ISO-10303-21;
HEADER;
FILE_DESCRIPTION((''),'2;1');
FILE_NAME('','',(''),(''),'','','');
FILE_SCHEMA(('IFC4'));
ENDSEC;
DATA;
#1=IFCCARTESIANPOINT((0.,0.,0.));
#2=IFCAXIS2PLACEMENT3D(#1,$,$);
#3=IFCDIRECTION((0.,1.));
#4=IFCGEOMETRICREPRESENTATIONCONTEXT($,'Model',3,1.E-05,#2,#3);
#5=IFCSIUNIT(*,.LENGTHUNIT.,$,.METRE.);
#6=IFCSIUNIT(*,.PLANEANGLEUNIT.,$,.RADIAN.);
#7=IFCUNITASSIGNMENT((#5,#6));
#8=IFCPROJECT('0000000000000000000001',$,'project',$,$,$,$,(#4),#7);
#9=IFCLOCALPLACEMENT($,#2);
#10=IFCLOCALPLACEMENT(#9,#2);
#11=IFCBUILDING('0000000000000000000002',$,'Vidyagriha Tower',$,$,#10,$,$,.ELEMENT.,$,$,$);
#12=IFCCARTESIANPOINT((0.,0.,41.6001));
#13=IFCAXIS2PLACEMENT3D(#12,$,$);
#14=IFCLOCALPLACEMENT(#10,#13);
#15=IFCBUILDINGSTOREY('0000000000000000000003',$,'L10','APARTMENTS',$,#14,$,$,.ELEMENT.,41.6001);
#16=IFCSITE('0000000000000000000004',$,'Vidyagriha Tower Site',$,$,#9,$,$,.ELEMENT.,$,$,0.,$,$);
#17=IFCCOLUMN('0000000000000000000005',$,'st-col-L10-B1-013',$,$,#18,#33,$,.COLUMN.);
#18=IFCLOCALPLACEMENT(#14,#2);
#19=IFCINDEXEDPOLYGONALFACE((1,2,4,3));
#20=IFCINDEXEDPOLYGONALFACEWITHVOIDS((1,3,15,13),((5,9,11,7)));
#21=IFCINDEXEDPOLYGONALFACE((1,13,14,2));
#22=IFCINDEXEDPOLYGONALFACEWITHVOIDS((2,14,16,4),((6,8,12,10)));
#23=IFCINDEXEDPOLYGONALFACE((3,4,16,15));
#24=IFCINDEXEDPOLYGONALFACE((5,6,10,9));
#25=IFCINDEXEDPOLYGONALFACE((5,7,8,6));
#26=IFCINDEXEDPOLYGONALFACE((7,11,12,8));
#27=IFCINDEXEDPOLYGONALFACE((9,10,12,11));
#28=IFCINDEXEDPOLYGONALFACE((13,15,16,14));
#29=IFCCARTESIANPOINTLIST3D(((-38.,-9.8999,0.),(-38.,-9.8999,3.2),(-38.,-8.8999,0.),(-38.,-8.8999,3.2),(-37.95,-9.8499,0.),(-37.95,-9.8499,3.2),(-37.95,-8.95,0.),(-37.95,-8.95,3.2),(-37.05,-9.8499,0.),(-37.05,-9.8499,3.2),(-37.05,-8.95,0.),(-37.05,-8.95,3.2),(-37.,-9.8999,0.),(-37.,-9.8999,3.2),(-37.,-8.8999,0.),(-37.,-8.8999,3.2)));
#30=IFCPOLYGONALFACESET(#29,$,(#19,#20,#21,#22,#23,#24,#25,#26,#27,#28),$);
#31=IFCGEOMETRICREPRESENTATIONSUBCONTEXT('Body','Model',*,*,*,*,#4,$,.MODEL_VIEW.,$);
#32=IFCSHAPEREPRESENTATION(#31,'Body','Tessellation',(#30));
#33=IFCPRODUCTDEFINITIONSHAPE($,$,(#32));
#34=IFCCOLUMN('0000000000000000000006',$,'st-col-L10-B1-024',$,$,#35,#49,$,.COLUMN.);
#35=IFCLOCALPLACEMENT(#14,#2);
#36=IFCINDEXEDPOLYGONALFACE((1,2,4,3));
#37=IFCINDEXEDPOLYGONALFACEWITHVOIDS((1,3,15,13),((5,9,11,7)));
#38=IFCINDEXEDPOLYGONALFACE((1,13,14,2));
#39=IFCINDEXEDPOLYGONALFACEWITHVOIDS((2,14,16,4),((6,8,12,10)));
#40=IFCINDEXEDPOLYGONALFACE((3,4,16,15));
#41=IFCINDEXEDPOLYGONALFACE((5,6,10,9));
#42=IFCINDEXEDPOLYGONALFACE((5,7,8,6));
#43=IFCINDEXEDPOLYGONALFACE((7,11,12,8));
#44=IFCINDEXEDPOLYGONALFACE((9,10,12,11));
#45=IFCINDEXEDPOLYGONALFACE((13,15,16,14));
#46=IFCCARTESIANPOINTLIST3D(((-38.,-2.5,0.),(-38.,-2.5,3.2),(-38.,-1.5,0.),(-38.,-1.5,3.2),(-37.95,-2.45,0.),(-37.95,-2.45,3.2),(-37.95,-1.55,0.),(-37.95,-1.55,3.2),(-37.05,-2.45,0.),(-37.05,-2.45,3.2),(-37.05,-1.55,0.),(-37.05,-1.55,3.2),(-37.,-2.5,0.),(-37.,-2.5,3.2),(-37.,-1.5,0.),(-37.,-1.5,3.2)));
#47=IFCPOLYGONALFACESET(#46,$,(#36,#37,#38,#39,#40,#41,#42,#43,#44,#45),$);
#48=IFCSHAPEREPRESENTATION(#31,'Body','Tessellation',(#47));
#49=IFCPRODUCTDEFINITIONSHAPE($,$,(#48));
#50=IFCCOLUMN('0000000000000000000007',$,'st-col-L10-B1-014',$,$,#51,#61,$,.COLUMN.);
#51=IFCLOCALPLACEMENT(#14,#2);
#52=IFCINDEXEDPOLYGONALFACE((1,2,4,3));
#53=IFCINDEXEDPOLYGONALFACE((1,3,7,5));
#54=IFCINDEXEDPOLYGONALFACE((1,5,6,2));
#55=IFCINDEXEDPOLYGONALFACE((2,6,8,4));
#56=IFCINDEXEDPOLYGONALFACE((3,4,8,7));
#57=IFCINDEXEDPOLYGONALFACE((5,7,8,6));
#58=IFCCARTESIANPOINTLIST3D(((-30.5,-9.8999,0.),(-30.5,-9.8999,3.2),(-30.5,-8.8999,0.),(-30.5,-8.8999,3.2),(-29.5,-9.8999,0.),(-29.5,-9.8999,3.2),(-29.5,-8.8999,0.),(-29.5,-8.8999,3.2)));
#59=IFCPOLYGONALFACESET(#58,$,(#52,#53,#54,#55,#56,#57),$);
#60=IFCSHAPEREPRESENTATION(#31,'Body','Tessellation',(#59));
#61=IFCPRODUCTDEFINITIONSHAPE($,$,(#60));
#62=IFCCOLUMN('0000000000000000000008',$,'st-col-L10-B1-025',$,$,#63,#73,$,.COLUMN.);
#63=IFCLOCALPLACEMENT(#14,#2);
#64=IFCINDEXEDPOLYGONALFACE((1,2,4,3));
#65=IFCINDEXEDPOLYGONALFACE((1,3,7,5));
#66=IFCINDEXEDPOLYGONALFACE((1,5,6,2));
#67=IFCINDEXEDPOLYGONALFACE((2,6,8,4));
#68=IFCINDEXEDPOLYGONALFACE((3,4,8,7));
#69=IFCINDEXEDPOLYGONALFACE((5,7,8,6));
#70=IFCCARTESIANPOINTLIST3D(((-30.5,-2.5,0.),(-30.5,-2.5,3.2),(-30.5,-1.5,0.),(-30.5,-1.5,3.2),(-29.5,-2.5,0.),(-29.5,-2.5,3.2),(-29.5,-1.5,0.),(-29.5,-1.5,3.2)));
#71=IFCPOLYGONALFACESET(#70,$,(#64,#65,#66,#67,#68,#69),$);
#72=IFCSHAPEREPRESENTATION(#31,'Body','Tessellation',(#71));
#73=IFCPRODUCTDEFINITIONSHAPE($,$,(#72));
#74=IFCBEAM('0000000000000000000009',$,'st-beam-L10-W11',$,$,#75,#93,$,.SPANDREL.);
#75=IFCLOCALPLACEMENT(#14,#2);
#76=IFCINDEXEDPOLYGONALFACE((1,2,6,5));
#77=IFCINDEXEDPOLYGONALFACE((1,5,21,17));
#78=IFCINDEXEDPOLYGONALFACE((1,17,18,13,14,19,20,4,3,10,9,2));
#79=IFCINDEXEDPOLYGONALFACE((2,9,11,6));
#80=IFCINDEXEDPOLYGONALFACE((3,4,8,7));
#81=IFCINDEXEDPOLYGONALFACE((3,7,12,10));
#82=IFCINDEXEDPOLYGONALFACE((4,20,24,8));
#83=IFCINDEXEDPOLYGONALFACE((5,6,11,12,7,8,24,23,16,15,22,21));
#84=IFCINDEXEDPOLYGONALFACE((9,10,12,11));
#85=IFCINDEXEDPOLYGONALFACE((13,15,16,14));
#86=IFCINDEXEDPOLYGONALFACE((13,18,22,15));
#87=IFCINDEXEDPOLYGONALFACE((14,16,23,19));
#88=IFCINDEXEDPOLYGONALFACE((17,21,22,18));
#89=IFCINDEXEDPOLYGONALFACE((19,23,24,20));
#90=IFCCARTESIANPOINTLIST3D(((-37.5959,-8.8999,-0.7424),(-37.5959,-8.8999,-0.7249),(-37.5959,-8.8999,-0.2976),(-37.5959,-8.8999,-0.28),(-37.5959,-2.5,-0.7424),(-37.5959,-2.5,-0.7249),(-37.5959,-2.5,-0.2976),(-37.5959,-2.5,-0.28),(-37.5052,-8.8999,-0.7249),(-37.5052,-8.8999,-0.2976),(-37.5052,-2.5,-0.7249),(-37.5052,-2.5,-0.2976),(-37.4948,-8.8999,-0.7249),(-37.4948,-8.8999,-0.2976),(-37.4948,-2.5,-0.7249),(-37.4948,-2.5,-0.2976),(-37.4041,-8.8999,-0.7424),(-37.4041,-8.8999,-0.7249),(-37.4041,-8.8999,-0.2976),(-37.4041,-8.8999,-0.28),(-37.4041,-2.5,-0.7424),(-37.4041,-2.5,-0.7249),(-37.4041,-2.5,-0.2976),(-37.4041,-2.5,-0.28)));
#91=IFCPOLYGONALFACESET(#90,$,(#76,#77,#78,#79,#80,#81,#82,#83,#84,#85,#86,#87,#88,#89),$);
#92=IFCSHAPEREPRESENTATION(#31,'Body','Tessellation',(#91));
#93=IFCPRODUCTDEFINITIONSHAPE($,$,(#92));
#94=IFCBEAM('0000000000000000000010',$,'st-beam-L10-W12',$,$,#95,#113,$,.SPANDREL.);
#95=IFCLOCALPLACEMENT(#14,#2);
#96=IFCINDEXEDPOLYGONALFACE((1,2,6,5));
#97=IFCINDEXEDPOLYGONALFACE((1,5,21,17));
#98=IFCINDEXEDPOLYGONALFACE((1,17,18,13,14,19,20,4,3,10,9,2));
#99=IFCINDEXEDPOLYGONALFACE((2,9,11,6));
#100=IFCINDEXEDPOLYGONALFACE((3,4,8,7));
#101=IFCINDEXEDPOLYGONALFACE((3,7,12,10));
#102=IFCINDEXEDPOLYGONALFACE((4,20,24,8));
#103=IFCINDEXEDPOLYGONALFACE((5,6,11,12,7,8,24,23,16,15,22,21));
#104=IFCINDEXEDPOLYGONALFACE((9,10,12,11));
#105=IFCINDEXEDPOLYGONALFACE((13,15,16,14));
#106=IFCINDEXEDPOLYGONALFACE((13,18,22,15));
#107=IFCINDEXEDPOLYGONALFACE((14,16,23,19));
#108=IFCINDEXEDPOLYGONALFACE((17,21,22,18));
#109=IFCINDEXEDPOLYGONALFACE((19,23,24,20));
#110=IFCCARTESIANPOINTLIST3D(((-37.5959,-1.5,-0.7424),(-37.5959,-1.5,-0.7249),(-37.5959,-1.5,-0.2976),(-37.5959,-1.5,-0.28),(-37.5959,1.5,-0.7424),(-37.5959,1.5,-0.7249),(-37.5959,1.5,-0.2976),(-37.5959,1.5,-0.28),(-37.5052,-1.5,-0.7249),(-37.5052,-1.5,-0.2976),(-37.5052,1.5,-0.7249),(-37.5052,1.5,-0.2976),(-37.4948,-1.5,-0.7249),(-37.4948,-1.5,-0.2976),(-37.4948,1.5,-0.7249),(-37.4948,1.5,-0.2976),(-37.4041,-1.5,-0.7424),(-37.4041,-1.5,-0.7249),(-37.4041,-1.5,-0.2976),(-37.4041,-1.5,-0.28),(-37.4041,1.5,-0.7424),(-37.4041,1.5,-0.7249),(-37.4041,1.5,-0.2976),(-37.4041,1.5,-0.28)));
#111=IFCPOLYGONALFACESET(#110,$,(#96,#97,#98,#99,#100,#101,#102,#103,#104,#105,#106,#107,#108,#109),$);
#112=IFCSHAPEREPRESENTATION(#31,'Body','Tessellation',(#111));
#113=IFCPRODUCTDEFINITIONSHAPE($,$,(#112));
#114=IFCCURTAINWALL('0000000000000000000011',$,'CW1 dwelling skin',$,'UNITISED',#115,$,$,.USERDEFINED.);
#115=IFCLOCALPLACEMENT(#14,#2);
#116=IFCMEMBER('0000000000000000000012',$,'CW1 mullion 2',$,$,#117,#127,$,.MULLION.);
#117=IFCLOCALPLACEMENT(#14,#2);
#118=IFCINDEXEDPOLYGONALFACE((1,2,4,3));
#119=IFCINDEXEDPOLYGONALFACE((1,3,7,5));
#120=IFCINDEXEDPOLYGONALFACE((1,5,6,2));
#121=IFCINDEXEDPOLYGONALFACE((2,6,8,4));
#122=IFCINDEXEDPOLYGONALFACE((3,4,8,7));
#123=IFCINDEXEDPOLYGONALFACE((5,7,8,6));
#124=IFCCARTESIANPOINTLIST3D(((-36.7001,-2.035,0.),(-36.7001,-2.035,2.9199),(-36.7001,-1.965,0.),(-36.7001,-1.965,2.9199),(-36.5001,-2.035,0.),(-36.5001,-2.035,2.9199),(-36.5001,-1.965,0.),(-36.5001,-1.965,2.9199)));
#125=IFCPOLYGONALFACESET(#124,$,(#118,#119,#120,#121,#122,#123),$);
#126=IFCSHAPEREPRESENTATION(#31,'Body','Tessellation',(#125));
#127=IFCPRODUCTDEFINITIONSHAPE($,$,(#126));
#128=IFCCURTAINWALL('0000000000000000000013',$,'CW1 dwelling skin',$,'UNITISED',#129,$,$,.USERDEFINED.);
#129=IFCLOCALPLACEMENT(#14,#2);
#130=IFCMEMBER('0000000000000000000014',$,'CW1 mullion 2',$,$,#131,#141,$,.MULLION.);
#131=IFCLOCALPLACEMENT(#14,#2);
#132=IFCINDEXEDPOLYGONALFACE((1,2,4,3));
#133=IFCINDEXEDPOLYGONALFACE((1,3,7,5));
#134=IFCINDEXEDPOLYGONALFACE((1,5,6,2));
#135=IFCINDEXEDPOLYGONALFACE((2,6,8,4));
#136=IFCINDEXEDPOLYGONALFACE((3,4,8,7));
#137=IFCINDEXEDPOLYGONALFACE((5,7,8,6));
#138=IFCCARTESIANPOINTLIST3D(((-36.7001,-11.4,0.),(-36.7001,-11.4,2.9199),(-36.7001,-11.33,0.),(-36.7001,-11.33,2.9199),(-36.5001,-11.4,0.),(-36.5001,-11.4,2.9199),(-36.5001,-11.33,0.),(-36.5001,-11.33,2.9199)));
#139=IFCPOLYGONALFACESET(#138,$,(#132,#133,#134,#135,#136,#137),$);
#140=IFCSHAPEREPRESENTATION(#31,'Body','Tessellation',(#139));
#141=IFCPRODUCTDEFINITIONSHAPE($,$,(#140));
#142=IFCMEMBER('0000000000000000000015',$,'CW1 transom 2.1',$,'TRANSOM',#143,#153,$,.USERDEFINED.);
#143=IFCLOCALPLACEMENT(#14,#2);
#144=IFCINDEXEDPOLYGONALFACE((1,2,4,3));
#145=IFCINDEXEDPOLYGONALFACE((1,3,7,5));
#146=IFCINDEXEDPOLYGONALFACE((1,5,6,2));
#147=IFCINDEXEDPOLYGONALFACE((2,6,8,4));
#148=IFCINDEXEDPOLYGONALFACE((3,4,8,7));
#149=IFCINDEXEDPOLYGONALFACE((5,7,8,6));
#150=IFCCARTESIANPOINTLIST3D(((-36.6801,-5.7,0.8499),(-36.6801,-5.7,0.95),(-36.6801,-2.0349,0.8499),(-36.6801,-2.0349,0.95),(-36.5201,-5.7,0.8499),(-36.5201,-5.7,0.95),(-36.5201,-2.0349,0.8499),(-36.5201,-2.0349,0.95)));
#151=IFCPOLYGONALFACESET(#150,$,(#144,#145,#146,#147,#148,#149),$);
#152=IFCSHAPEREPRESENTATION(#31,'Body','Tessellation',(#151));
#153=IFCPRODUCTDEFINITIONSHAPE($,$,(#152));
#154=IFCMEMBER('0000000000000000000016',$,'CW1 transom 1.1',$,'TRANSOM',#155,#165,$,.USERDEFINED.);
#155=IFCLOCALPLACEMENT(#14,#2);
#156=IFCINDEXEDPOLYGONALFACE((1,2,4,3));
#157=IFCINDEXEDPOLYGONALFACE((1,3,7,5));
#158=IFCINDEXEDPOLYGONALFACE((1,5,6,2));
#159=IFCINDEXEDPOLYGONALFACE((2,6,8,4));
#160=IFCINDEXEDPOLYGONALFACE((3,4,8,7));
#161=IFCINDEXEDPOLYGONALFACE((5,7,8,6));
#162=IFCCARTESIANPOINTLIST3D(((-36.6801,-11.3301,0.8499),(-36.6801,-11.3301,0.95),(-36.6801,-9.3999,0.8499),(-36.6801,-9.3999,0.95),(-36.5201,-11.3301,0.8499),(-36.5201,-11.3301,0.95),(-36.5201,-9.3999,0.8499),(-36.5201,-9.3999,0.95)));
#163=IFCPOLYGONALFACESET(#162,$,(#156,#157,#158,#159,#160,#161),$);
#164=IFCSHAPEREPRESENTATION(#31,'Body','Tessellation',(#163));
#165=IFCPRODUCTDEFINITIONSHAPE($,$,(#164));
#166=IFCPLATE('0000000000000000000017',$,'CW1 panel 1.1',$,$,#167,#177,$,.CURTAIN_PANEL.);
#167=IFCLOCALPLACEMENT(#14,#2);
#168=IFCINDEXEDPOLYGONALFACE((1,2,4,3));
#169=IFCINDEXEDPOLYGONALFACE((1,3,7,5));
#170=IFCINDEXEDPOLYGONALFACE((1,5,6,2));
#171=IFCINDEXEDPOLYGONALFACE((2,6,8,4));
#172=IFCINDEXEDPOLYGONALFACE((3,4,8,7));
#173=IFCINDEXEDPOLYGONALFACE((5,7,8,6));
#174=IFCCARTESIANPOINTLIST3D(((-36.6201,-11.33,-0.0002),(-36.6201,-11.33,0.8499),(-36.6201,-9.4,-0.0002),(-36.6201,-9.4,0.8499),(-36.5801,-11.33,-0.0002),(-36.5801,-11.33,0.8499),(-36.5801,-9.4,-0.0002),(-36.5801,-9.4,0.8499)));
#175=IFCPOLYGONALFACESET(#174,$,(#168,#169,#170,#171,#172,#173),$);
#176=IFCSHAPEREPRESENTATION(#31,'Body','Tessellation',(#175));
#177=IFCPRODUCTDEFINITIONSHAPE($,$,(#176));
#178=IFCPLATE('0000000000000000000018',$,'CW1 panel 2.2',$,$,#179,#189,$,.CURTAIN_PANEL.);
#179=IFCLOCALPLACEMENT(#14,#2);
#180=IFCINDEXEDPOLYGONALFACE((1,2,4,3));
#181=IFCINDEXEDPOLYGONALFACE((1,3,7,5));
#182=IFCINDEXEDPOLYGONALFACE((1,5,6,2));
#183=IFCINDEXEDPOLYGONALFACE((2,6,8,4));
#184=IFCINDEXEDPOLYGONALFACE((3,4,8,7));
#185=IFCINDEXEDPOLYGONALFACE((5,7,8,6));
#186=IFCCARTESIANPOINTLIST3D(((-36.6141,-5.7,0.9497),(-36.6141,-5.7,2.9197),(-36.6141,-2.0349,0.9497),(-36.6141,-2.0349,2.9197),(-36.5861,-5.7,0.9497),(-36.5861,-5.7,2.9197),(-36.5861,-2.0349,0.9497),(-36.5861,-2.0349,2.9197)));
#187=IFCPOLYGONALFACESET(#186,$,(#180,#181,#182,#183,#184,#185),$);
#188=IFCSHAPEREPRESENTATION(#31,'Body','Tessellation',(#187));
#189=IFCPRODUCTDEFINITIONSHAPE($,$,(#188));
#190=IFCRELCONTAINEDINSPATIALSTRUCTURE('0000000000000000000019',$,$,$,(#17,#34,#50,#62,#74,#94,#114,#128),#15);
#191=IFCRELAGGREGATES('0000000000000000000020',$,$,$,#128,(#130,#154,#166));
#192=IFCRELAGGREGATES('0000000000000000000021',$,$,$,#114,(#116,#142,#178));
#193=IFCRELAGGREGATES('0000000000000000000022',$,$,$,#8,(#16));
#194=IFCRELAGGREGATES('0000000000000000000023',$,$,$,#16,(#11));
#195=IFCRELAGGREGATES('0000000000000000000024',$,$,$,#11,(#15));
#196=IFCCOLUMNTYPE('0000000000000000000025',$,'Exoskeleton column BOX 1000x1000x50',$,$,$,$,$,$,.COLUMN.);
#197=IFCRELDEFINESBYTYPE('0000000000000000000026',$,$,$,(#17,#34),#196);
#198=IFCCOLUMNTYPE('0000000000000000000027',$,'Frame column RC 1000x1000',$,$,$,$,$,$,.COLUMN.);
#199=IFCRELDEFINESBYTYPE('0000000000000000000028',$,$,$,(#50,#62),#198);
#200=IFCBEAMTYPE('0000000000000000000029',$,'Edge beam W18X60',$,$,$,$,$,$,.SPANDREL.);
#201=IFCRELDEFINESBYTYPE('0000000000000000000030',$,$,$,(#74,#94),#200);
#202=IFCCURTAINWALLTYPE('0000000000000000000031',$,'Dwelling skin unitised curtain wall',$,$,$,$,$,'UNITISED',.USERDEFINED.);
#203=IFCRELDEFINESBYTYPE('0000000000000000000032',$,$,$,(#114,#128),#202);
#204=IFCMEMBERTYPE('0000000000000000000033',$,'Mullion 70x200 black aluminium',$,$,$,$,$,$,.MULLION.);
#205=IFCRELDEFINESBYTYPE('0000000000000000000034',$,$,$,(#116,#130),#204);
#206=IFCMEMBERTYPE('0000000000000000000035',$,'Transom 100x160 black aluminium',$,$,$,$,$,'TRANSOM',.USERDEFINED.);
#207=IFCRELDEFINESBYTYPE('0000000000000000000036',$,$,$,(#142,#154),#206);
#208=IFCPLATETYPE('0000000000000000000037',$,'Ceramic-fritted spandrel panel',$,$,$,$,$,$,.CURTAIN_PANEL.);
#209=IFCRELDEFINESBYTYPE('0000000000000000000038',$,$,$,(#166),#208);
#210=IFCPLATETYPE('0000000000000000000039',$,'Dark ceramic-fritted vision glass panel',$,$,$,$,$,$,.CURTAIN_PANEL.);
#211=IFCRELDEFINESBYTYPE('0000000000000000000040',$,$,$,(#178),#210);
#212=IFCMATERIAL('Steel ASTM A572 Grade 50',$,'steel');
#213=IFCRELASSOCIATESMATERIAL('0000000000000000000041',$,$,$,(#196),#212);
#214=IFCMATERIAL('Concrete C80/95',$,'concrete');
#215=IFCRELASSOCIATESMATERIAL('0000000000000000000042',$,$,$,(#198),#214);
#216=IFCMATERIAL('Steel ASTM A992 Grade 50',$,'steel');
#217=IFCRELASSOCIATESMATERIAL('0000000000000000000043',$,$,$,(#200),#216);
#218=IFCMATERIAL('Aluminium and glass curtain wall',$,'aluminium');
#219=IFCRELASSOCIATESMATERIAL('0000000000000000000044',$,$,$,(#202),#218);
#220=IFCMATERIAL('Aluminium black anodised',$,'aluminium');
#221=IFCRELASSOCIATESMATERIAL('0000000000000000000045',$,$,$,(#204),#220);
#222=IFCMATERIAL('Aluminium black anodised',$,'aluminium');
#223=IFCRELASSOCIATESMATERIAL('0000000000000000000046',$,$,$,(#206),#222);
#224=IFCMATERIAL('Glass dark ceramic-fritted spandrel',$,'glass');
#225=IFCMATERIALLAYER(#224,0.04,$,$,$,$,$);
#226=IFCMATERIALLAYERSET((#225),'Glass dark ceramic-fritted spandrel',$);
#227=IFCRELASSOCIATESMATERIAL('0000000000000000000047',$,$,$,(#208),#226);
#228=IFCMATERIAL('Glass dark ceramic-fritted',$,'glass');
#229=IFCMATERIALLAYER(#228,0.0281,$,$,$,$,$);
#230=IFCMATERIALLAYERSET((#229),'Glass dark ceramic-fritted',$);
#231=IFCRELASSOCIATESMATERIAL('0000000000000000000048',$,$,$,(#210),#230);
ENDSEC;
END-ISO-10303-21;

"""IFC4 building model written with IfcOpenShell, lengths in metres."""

from ifc_helpers import new_model, si_unit, direction, frame, origin, origin_2d, place, context, subcontext, project, spatial, rectangle, hollow_rectangle, i_section, extrude, material, layer, layer_set, material_profile, profile_set, type_object, element, aggregate, save


model = new_model("IFC4")

# Units and contexts
model_context = context("Model", 3, precision=1e-05, world=origin(), true_north=direction((0.0, 1.0)))
body_context = subcontext(model_context, "Body", "Model", "MODEL_VIEW")
ifc_project = project(units=[si_unit("LENGTHUNIT", "METRE"), si_unit("PLANEANGLEUNIT", "RADIAN")], contexts=[model_context])

# Site, building, storey
site_placement = place(None, origin())
site = spatial("IfcSite", under=ifc_project, at=site_placement, Name="Vidyagriha Tower Site", CompositionType="ELEMENT", RefElevation=0.0)
building_placement = place(site_placement, origin())
building = spatial("IfcBuilding", under=site, at=building_placement, Name="Vidyagriha Tower", CompositionType="ELEMENT")
storey_placement = place(building_placement, frame((0.0, 0.0, 41.6001)))
storey = spatial("IfcBuildingStorey", under=building, at=storey_placement, Name="L10", Description="APARTMENTS", CompositionType="ELEMENT", Elevation=41.6001)

# Columns
ifc_material_1 = material(Name="Steel ASTM A572 Grade 50", Category="steel")
ifc_material_profile_1 = material_profile(ifc_material_1, hollow_rectangle(XDim=1.0, YDim=1.0, WallThickness=0.05, at=origin_2d()), Name="BOX 1000x1000x50")
ifc_profile_set_1 = profile_set([ifc_material_profile_1], Name="Steel ASTM A572 Grade 50")
column_type_1 = type_object("IfcColumnType", Name="Exoskeleton column BOX 1000x1000x50", PredefinedType="COLUMN", material=ifc_profile_set_1)
for number, where, name in (
    (1, (-37.5, -9.3999, 0.0), "st-col-L10-B1-013"),
    (2, (-37.5, -2.0, 0.0), "st-col-L10-B1-024"),
):
    element("IfcColumn", number, at=place(storey_placement, frame(where)), inside=storey, type_object=column_type_1, Name=name, PredefinedType="COLUMN", context=body_context, shape_type="SweptSolid", body=[
        extrude(hollow_rectangle(XDim=1.0, YDim=1.0, WallThickness=0.05, at=origin_2d()), origin(), (0.0, 0.0, 1.0), 3.2),
    ])
ifc_material_2 = material(Name="Concrete C80/95", Category="concrete")
ifc_material_profile_2 = material_profile(ifc_material_2, rectangle(XDim=1.0, YDim=1.0, at=origin_2d()), Name="RC 1000x1000")
ifc_profile_set_2 = profile_set([ifc_material_profile_2], Name="Concrete C80/95")
column_type_2 = type_object("IfcColumnType", Name="Frame column RC 1000x1000", PredefinedType="COLUMN", material=ifc_profile_set_2)
for number, where, name in (
    (3, (-30.0, -9.3999, 0.0), "st-col-L10-B1-014"),
    (4, (-30.0, -2.0, 0.0), "st-col-L10-B1-025"),
):
    element("IfcColumn", number, at=place(storey_placement, frame(where)), inside=storey, type_object=column_type_2, Name=name, PredefinedType="COLUMN", context=body_context, shape_type="SweptSolid", body=[
        extrude(rectangle(XDim=1.0, YDim=1.0, at=origin_2d()), origin(), (0.0, 0.0, 1.0), 3.2),
    ])

# Beams
ifc_material_3 = material(Name="Steel ASTM A992 Grade 50", Category="steel")
ifc_material_profile_3 = material_profile(ifc_material_3, i_section(OverallWidth=0.1919, OverallDepth=0.4624, WebThickness=0.0105, FlangeThickness=0.0176, at=origin_2d()), Name="W18X60")
ifc_profile_set_3 = profile_set([ifc_material_profile_3], Name="Steel ASTM A992 Grade 50")
beam_type = type_object("IfcBeamType", Name="Edge beam W18X60", PredefinedType="SPANDREL", material=ifc_profile_set_3)
beam_1_placement = place(storey_placement, frame((-37.5, -8.8999, -0.5112), z_axis=(0.0, 1.0, 0.0), x_axis=(-1.0, 0.0, 0.0)))
element("IfcBeam", 5, at=beam_1_placement, inside=storey, type_object=beam_type, Name="st-beam-L10-W11", PredefinedType="SPANDREL", context=body_context, shape_type="SweptSolid", body=[
    extrude(i_section(OverallWidth=0.1919, OverallDepth=0.4624, WebThickness=0.0105, FlangeThickness=0.0176, at=origin_2d()), origin(), (0.0, 0.0, 1.0), 6.3999),
])
beam_2_placement = place(storey_placement, frame((-37.5, -1.5, -0.5112), z_axis=(0.0, 1.0, 0.0), x_axis=(-1.0, 0.0, 0.0)))
element("IfcBeam", 6, at=beam_2_placement, inside=storey, type_object=beam_type, Name="st-beam-L10-W12", PredefinedType="SPANDREL", context=body_context, shape_type="SweptSolid", body=[
    extrude(i_section(OverallWidth=0.1919, OverallDepth=0.4624, WebThickness=0.0105, FlangeThickness=0.0176, at=origin_2d()), origin(), (0.0, 0.0, 1.0), 3.0),
])

# Curtain walls, members
ifc_material_4 = material(Name="Aluminium and glass curtain wall", Category="aluminium")
curtain_wall_type = type_object("IfcCurtainWallType", Name="Dwelling skin unitised curtain wall", ElementType="UNITISED", PredefinedType="USERDEFINED", material=ifc_material_4)
curtain_wall_1_placement = place(storey_placement, origin())
curtain_wall_1 = element("IfcCurtainWall", 7, at=curtain_wall_1_placement, inside=storey, type_object=curtain_wall_type, Name="CW1 dwelling skin", ObjectType="UNITISED", PredefinedType="USERDEFINED")
ifc_material_5 = material(Name="Aluminium black anodised", Category="aluminium")
ifc_material_profile_4 = material_profile(ifc_material_5, rectangle(XDim=0.2, YDim=0.0701, at=origin_2d()), Name="Mullion 70x200 black aluminium")
ifc_profile_set_4 = profile_set([ifc_material_profile_4], Name="Aluminium black anodised")
member_type_1 = type_object("IfcMemberType", Name="Mullion 70x200 black aluminium", PredefinedType="MULLION", material=ifc_profile_set_4)
member_1_placement = place(storey_placement, frame((-36.6001, -2.0, 0.0)))
member_1 = element("IfcMember", 8, at=member_1_placement, type_object=member_type_1, Name="CW1 mullion 2", PredefinedType="MULLION", context=body_context, shape_type="SweptSolid", body=[
    extrude(rectangle(XDim=0.2, YDim=0.0701, at=origin_2d()), origin(), (0.0, 0.0, 1.0), 2.9199),
])
curtain_wall_2_placement = place(storey_placement, origin())
curtain_wall_2 = element("IfcCurtainWall", 9, at=curtain_wall_2_placement, inside=storey, type_object=curtain_wall_type, Name="CW1 dwelling skin", ObjectType="UNITISED", PredefinedType="USERDEFINED")
member_2_placement = place(storey_placement, frame((-36.6001, -11.365, 0.0)))
member_2 = element("IfcMember", 10, at=member_2_placement, type_object=member_type_1, Name="CW1 mullion 2", PredefinedType="MULLION", context=body_context, shape_type="SweptSolid", body=[
    extrude(rectangle(XDim=0.2, YDim=0.0701, at=origin_2d()), origin(), (0.0, 0.0, 1.0), 2.9199),
])

# Members
ifc_material_6 = material(Name="Aluminium black anodised", Category="aluminium")
ifc_material_profile_5 = material_profile(ifc_material_6, rectangle(XDim=0.1599, YDim=0.1001, at=origin_2d()), Name="Transom 100x160 black aluminium")
ifc_profile_set_5 = profile_set([ifc_material_profile_5], Name="Aluminium black anodised")
member_type_2 = type_object("IfcMemberType", Name="Transom 100x160 black aluminium", ElementType="TRANSOM", PredefinedType="USERDEFINED", material=ifc_profile_set_5)
member_3_placement = place(storey_placement, frame((-36.6001, -2.0349, 0.8999), z_axis=(0.0, -1.0, 0.0), x_axis=(1.0, 0.0, 0.0)))
member_3 = element("IfcMember", 11, at=member_3_placement, type_object=member_type_2, Name="CW1 transom 2.1", ObjectType="TRANSOM", PredefinedType="USERDEFINED", context=body_context, shape_type="SweptSolid", body=[
    extrude(rectangle(XDim=0.1599, YDim=0.1001, at=origin_2d()), origin(), (0.0, 0.0, 1.0), 3.665),
])
member_4_placement = place(storey_placement, frame((-36.6001, -9.3999, 0.8999), z_axis=(0.0, -1.0, 0.0), x_axis=(1.0, 0.0, 0.0)))
member_4 = element("IfcMember", 12, at=member_4_placement, type_object=member_type_2, Name="CW1 transom 1.1", ObjectType="TRANSOM", PredefinedType="USERDEFINED", context=body_context, shape_type="SweptSolid", body=[
    extrude(rectangle(XDim=0.1599, YDim=0.1001, at=origin_2d()), origin(), (0.0, 0.0, 1.0), 1.9302),
])

# Plates
ifc_material_7 = material(Name="Glass dark ceramic-fritted spandrel", Category="glass")
ifc_layer_1 = layer(ifc_material_7, 0.04)
ifc_layer_set_1 = layer_set([ifc_layer_1], Name="Glass dark ceramic-fritted spandrel")
plate_type_1 = type_object("IfcPlateType", Name="Ceramic-fritted spandrel panel", PredefinedType="CURTAIN_PANEL", material=ifc_layer_set_1)
plate_1_placement = place(storey_placement, frame((-36.6001, -10.365, -0.0002), z_axis=(0.0, 0.0, 1.0), x_axis=(0.0, -1.0, 0.0)))
plate_1 = element("IfcPlate", 13, at=plate_1_placement, type_object=plate_type_1, Name="CW1 panel 1.1", PredefinedType="CURTAIN_PANEL", context=body_context, shape_type="SweptSolid", body=[
    extrude(rectangle(XDim=1.9299, YDim=0.04, at=origin_2d()), origin(), (0.0, 0.0, 1.0), 0.8501),
])
ifc_material_8 = material(Name="Glass dark ceramic-fritted", Category="glass")
ifc_layer_2 = layer(ifc_material_8, 0.0281)
ifc_layer_set_2 = layer_set([ifc_layer_2], Name="Glass dark ceramic-fritted")
plate_type_2 = type_object("IfcPlateType", Name="Dark ceramic-fritted vision glass panel", PredefinedType="CURTAIN_PANEL", material=ifc_layer_set_2)
plate_2_placement = place(storey_placement, frame((-36.6001, -3.8674, 0.9497), z_axis=(0.0, 0.0, 1.0), x_axis=(0.0, -1.0, 0.0)))
plate_2 = element("IfcPlate", 14, at=plate_2_placement, type_object=plate_type_2, Name="CW1 panel 2.2", PredefinedType="CURTAIN_PANEL", context=body_context, shape_type="SweptSolid", body=[
    extrude(rectangle(XDim=3.665, YDim=0.0281, at=origin_2d()), origin(), (0.0, 0.0, 1.0), 1.97),
])
aggregate(curtain_wall_2, [member_2, member_4, plate_1])
aggregate(curtain_wall_1, [member_1, member_3, plate_2])

save(model, "model.ifc")
